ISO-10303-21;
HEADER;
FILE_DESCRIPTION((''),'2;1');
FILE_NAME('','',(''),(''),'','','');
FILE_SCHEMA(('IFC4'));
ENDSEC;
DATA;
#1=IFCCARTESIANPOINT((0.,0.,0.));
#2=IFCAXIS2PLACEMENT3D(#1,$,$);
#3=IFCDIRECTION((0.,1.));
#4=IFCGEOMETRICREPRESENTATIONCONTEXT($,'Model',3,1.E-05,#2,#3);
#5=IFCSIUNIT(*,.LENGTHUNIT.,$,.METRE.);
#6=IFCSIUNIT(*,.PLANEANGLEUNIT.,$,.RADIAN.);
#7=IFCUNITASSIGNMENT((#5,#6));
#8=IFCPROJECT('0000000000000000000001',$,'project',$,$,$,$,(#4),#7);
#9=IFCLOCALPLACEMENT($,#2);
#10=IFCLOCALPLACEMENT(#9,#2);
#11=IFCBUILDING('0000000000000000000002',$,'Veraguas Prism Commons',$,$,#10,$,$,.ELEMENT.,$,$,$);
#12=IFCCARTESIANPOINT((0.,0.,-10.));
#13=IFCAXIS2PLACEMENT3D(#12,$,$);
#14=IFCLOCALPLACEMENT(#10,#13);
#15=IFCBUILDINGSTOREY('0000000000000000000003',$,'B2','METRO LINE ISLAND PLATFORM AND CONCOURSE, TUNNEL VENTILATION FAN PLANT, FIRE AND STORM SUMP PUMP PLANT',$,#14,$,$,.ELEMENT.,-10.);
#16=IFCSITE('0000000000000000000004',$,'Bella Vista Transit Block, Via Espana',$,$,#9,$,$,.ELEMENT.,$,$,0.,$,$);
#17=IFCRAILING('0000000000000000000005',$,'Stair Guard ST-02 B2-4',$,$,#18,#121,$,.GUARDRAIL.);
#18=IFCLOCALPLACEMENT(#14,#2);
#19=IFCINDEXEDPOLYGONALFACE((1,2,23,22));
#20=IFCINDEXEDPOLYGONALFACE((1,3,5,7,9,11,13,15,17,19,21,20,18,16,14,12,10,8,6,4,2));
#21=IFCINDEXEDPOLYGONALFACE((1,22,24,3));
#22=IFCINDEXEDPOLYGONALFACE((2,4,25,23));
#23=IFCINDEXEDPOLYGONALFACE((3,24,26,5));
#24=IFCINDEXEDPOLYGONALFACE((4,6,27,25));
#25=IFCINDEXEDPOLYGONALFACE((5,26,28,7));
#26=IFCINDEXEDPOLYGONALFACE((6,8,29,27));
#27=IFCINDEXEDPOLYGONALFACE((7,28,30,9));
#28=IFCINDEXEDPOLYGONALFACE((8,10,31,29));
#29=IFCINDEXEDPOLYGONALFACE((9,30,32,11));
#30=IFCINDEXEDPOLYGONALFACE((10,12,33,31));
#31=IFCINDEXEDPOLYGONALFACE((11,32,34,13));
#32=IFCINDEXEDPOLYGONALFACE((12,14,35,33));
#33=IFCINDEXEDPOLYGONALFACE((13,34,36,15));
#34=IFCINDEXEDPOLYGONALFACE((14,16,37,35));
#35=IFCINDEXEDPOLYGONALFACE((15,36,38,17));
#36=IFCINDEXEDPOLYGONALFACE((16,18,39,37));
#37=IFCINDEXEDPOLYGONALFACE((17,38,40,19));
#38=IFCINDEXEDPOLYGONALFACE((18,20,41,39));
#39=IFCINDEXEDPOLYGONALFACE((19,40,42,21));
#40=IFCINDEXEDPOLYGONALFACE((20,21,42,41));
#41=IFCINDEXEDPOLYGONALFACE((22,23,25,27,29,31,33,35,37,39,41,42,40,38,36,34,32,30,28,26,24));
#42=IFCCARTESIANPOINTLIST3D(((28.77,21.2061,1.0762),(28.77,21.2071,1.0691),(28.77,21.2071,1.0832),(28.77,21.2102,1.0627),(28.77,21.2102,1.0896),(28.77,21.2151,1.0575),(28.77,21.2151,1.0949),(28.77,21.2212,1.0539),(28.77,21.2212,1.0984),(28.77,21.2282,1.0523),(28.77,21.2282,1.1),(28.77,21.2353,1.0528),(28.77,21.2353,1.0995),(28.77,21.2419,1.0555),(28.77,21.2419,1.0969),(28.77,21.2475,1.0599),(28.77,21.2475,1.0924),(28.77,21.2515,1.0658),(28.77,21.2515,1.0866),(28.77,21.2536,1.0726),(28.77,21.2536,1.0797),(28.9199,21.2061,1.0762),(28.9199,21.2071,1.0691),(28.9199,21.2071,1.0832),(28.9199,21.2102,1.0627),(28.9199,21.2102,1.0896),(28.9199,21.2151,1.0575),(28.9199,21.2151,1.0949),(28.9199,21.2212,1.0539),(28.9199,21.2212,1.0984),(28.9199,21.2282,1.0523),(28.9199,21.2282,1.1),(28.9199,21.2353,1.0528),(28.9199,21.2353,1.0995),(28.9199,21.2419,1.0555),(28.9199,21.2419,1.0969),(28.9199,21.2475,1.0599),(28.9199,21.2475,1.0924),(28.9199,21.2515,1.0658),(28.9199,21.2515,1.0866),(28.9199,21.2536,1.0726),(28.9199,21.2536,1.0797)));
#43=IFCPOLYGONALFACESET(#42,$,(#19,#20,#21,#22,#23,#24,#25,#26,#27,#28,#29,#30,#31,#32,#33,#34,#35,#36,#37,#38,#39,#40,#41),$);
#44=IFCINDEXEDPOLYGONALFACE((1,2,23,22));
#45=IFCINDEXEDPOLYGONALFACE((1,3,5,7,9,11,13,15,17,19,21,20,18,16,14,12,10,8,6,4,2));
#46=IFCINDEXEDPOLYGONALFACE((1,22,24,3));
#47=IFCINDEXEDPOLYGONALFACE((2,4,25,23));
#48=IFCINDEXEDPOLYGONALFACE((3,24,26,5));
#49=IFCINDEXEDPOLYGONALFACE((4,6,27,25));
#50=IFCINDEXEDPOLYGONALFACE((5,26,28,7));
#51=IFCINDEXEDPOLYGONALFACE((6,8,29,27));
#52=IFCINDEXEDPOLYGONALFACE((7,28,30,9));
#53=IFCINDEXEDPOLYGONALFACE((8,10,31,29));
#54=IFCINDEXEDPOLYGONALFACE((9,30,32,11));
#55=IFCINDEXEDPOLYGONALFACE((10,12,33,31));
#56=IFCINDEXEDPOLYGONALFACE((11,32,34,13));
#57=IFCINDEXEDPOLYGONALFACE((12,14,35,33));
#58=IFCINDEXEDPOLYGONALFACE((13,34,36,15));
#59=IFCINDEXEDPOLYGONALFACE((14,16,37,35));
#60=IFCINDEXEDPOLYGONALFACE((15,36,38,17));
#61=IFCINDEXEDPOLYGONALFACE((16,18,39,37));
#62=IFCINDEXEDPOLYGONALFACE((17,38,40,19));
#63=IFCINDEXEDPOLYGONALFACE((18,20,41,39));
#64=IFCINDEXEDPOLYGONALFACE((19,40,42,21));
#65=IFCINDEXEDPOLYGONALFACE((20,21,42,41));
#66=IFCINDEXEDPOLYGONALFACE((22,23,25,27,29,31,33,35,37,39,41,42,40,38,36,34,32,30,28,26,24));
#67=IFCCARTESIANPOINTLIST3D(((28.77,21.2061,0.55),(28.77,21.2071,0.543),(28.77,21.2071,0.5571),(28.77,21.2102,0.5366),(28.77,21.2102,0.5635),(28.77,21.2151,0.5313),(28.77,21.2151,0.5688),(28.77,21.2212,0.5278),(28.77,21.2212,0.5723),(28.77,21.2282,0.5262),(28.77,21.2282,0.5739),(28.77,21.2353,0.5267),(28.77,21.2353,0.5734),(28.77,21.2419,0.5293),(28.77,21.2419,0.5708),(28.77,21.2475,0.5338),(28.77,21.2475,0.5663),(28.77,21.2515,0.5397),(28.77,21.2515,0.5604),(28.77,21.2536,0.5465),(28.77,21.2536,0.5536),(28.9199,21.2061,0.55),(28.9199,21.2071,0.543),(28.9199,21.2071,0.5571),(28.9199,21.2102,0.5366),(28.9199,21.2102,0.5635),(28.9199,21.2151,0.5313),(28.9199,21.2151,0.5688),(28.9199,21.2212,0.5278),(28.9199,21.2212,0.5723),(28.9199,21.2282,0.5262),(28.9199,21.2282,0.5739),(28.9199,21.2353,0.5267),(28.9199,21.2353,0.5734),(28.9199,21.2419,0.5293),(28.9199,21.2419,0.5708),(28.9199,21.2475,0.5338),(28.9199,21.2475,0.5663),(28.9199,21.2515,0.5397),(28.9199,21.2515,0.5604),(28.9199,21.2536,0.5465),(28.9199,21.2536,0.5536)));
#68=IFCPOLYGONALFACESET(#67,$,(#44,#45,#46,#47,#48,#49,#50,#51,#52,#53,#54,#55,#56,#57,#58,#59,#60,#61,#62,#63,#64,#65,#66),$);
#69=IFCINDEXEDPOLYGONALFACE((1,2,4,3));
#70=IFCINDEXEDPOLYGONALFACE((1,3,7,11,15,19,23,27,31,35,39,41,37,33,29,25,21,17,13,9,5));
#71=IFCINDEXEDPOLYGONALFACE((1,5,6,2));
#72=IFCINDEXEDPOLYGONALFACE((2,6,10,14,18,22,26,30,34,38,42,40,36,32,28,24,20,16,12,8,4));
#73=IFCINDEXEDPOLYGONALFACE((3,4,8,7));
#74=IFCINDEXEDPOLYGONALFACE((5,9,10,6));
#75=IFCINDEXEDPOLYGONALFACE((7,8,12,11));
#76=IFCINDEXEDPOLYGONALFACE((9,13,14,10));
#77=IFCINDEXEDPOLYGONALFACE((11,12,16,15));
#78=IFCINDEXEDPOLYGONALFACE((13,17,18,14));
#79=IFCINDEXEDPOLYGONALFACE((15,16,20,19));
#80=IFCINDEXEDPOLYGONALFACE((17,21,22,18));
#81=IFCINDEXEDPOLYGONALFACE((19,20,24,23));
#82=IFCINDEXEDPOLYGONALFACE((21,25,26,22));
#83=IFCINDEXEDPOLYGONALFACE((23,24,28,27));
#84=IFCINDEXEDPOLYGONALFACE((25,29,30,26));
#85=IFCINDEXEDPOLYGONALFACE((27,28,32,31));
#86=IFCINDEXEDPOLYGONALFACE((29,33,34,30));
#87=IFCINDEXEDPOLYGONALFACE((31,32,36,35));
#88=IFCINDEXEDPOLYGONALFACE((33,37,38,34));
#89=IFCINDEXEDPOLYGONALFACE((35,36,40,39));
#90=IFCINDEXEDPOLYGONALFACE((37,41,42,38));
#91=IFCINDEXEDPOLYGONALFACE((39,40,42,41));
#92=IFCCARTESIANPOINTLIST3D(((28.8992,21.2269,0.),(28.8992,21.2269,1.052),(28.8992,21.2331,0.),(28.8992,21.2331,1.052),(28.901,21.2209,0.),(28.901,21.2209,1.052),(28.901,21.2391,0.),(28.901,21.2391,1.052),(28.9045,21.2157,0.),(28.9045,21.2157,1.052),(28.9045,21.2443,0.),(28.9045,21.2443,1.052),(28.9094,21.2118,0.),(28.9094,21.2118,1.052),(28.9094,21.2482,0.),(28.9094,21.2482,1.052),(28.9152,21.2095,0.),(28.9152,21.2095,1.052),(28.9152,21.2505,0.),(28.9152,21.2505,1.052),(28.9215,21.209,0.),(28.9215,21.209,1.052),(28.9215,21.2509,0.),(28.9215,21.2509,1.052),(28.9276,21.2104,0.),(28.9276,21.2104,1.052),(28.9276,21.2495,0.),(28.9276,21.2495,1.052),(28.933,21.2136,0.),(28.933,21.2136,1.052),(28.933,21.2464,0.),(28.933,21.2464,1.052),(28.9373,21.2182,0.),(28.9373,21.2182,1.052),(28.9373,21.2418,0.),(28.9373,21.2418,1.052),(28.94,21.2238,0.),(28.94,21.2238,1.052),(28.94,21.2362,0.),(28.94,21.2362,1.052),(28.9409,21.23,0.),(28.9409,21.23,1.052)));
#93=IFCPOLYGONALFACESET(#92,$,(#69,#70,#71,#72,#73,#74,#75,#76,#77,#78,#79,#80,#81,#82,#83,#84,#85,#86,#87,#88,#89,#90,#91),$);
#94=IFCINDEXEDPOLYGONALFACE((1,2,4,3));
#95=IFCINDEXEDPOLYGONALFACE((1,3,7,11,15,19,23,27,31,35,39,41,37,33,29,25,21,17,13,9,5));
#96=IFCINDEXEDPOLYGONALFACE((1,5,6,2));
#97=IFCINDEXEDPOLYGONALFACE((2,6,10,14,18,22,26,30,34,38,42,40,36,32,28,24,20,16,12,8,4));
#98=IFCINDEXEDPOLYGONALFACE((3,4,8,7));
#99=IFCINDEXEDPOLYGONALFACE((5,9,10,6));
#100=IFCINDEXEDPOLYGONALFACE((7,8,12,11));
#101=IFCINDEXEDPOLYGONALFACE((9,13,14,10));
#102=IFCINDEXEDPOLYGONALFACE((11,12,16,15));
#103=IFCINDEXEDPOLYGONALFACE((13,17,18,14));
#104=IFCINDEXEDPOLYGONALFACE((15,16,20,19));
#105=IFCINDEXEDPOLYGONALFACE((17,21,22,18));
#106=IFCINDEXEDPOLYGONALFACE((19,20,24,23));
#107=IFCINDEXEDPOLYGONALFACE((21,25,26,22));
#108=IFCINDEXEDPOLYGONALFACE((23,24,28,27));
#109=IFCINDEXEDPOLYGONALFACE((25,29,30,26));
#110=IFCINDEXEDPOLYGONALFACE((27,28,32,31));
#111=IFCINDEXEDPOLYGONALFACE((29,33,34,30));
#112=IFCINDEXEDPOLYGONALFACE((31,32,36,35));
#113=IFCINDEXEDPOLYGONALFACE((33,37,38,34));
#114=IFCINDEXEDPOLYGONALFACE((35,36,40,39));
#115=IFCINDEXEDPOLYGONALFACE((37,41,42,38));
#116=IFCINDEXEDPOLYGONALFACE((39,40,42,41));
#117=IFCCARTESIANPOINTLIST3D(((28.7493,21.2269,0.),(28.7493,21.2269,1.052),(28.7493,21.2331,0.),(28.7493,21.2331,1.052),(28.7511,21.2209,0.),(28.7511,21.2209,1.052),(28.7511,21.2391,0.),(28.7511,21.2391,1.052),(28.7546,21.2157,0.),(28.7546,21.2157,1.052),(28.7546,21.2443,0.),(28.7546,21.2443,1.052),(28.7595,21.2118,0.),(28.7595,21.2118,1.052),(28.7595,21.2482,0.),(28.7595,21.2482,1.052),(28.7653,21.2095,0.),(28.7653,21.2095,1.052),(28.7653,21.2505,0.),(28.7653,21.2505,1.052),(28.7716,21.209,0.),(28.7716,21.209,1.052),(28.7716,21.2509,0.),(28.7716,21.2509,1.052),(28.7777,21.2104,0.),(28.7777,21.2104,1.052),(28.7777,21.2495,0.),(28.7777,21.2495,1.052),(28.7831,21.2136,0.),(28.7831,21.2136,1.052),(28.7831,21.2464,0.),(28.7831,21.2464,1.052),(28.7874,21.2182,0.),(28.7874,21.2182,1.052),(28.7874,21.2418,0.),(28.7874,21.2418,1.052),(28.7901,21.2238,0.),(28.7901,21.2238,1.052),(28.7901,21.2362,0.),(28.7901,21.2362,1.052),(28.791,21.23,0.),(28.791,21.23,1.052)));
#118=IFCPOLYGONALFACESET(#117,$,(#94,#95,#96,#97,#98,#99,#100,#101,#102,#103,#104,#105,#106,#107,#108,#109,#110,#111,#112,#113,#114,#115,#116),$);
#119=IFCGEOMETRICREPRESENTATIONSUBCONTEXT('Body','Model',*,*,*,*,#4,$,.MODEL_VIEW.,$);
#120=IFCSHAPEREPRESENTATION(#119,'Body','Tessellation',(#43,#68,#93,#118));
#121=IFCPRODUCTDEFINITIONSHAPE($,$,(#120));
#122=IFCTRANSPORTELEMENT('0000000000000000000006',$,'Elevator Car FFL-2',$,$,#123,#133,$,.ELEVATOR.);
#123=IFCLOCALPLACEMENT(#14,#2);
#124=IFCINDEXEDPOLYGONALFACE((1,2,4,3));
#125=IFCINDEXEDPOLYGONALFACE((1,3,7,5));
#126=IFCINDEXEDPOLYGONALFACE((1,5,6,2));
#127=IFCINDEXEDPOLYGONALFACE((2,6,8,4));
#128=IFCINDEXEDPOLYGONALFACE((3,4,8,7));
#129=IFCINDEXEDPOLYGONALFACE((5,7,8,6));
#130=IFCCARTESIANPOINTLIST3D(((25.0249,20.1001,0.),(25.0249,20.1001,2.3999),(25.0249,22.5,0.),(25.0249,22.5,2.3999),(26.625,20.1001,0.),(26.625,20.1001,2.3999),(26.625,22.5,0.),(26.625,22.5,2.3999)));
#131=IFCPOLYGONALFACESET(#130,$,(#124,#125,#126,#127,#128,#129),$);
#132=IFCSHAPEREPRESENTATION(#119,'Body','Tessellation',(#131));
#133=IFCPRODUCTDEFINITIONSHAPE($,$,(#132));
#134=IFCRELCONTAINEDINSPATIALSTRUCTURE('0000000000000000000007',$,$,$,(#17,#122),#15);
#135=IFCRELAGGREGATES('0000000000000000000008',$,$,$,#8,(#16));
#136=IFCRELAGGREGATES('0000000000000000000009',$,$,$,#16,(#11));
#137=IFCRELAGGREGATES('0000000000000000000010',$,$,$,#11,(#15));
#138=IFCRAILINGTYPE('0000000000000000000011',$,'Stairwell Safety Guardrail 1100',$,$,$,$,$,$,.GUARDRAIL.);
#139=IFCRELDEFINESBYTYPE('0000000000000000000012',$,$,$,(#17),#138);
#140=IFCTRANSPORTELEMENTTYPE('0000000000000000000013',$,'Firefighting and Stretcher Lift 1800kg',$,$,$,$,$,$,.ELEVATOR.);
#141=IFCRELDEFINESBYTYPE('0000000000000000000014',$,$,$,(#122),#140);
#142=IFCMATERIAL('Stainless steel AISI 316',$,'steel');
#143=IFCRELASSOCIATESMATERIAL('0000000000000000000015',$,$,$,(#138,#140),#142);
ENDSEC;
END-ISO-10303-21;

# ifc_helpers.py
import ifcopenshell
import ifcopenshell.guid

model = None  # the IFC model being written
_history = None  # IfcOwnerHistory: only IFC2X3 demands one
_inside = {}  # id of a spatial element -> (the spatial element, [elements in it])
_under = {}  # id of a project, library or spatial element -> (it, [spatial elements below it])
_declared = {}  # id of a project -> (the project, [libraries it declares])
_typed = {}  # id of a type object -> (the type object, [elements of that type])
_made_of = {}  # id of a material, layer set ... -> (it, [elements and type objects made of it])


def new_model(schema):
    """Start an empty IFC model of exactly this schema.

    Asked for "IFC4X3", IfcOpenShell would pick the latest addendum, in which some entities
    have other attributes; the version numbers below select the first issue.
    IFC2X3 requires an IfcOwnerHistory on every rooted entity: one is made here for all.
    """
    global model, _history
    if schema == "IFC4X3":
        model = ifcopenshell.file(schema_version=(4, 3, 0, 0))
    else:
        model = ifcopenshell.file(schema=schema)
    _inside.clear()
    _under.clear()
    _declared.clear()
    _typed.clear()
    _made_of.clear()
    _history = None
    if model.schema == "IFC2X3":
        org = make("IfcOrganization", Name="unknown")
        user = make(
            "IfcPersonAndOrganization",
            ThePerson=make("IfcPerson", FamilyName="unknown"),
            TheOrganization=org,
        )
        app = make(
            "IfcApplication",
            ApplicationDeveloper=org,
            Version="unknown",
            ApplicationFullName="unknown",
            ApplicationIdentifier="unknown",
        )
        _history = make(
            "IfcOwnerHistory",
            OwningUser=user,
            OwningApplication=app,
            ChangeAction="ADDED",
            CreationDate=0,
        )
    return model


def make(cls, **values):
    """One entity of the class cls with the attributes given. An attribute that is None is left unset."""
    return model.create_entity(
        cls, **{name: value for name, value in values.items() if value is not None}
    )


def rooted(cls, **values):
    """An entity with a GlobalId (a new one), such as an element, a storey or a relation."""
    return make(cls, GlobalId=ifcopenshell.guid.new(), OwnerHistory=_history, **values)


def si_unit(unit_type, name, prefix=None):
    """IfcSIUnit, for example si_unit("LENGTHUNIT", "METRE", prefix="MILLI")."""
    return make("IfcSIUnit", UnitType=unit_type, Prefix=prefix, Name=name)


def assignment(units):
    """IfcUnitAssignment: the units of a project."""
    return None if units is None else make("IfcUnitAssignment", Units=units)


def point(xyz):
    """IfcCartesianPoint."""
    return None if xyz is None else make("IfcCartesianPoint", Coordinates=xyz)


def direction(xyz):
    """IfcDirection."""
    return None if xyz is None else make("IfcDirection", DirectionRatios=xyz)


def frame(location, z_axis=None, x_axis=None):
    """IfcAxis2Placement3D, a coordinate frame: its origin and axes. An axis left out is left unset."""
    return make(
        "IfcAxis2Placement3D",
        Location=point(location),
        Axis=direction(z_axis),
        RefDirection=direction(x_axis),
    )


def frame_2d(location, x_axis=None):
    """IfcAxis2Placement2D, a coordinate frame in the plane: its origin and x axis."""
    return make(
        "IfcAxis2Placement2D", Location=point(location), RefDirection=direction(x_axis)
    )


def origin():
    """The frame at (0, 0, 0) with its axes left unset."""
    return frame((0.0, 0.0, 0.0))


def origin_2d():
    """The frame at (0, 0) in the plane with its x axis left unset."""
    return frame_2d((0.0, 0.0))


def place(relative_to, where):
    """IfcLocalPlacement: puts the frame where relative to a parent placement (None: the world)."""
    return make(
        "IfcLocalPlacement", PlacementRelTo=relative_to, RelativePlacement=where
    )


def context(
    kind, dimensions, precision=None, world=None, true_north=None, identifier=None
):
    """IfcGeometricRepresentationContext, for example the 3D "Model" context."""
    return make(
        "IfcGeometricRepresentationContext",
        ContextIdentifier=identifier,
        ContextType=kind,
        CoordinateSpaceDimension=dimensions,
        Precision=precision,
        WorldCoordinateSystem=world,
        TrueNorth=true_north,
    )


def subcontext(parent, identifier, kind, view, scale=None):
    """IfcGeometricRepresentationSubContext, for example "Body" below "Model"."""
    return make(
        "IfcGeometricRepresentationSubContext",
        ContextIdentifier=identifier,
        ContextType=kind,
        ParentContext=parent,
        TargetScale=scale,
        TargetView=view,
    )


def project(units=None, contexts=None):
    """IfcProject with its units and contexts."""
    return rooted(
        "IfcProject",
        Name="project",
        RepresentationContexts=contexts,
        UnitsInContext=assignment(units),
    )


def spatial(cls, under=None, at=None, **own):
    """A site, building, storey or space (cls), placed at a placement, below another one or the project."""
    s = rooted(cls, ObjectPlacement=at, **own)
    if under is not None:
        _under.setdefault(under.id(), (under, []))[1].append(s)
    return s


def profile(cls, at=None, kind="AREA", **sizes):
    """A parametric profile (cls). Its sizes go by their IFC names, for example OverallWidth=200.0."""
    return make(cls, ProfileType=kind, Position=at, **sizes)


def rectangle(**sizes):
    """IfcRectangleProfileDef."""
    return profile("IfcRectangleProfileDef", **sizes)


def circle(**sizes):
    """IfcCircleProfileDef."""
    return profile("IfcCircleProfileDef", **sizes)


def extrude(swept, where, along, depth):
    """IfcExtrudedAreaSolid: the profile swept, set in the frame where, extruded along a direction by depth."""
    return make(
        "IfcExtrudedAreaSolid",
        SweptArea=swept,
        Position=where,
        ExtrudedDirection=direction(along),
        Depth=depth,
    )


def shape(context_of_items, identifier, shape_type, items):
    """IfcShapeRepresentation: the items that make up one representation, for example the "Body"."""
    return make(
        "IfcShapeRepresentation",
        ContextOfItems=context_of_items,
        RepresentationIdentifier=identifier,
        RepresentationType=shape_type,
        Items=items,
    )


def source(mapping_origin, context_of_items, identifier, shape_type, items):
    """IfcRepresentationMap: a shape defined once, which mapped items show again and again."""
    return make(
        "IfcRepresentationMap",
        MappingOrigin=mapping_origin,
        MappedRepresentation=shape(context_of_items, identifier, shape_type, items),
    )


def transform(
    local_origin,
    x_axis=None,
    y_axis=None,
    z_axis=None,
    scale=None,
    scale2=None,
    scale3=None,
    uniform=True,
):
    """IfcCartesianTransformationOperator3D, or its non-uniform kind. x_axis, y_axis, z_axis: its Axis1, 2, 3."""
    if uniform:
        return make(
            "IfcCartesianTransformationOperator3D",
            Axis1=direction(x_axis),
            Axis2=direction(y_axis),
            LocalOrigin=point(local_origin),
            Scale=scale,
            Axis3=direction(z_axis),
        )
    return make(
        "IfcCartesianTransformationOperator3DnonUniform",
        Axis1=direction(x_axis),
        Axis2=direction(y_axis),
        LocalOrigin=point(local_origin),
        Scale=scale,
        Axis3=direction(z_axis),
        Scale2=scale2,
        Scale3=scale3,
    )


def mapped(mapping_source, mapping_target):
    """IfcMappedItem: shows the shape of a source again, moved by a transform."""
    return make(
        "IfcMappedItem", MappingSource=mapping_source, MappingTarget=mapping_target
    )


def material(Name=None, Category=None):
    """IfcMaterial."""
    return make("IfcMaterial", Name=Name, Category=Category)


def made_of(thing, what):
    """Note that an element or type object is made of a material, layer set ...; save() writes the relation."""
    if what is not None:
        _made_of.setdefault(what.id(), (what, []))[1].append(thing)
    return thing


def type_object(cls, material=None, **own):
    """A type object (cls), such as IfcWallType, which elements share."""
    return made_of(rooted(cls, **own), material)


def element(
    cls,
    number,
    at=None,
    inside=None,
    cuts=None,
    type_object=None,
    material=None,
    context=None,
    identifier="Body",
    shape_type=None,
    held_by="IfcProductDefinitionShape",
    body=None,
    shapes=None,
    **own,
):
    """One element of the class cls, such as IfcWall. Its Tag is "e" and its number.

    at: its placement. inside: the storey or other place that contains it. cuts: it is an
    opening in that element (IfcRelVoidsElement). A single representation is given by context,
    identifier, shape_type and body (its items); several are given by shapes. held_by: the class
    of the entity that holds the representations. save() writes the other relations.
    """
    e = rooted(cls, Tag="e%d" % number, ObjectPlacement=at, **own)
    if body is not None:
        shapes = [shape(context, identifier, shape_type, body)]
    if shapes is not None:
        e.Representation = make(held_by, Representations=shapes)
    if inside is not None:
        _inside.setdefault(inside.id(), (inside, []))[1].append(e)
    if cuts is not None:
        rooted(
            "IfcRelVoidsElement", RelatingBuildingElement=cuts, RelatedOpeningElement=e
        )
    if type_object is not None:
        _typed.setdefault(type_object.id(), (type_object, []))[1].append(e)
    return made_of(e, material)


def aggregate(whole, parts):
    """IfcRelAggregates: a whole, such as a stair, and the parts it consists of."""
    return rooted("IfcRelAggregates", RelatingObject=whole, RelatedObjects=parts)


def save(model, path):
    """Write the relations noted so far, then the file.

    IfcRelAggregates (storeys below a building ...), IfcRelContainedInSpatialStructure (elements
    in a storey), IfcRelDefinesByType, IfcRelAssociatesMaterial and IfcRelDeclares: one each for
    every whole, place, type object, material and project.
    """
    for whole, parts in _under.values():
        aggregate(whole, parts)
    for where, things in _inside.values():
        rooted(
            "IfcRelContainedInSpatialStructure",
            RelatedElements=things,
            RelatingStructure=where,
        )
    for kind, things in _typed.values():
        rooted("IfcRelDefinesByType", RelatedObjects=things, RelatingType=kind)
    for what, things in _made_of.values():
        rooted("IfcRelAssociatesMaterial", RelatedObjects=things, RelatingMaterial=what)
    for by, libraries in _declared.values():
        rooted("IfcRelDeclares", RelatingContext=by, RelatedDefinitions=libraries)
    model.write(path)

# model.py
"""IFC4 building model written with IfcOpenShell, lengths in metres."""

from ifc_helpers import new_model, si_unit, direction, frame, origin, origin_2d, place, context, subcontext, project, spatial, rectangle, circle, extrude, source, transform, mapped, material, type_object, element, save


model = new_model("IFC4")

# Units and contexts
model_context = context("Model", 3, precision=1e-05, world=origin(), true_north=direction((0.0, 1.0)))
body_context = subcontext(model_context, "Body", "Model", "MODEL_VIEW")
ifc_project = project(units=[si_unit("LENGTHUNIT", "METRE"), si_unit("PLANEANGLEUNIT", "RADIAN")], contexts=[model_context])

# Site, building, storey
site_placement = place(None, origin())
site = spatial("IfcSite", under=ifc_project, at=site_placement, Name="Bella Vista Transit Block, Via Espana", CompositionType="ELEMENT", RefElevation=0.0)
building_placement = place(site_placement, origin())
building = spatial("IfcBuilding", under=site, at=building_placement, Name="Veraguas Prism Commons", CompositionType="ELEMENT")
storey_placement = place(building_placement, frame((0.0, 0.0, -10.0)))
storey = spatial("IfcBuildingStorey", under=building, at=storey_placement, Name="B2", Description="METRO LINE ISLAND PLATFORM AND CONCOURSE, TUNNEL VENTILATION FAN PLANT, FIRE AND STORM SUMP PUMP PLANT", CompositionType="ELEMENT", Elevation=-10.0)

# Shared definitions
ifc_material_1 = material(Name="Stainless steel AISI 316", Category="steel")

# Railing
railing_type_1 = type_object("IfcRailingType", Name="Stairwell Safety Guardrail 1100", PredefinedType="GUARDRAIL", material=ifc_material_1)
railing_1_placement = place(storey_placement, frame((28.9199, 21.23, 0.0)))
element("IfcRailing", 1, at=railing_1_placement, inside=storey, type_object=railing_type_1, Name="Stair Guard ST-02 B2-4", PredefinedType="GUARDRAIL", context=body_context, shape_type="SweptSolid", body=[
    extrude(circle(Radius=0.0239, at=origin_2d()), frame((0.0, 0.0, 1.0762), z_axis=(-1.0, 0.0, 0.0), x_axis=(0.0, -1.0, 0.0)), (0.0, 0.0, 1.0), 0.1499),
    extrude(circle(Radius=0.0239, at=origin_2d()), frame((0.0, 0.0, 0.55), z_axis=(-1.0, 0.0, 0.0), x_axis=(0.0, -1.0, 0.0)), (0.0, 0.0, 1.0), 0.1499),
    extrude(circle(Radius=0.021, at=origin_2d()), origin(), (0.0, 0.0, 1.0), 1.052),
    extrude(circle(Radius=0.021, at=origin_2d()), frame((-0.1499, 0.0, 0.0)), (0.0, 0.0, 1.0), 1.052),
])

# Transport element
transport_element_type = type_object("IfcTransportElementType", Name="Firefighting and Stretcher Lift 1800kg", PredefinedType="ELEVATOR", material=ifc_material_1)
shared_shape_1 = source(origin(), body_context, "Body", "SweptSolid", [
    extrude(rectangle(XDim=1.6001, YDim=2.3999, at=origin_2d()), origin(), (0.0, 0.0, 1.0), 2.3999),
])
transport_element_placement = place(storey_placement, frame((25.825, 21.3, 0.0), z_axis=(0.0, 0.0, 1.0), x_axis=(1.0, 0.0, 0.0)))
element("IfcTransportElement", 2, at=transport_element_placement, inside=storey, type_object=transport_element_type, Name="Elevator Car FFL-2", PredefinedType="ELEVATOR", context=body_context, shape_type="MappedRepresentation", body=[
    mapped(shared_shape_1, transform((0.0, 0.0, 0.0), scale=1.0)),
])

save(model, "model.ifc")
